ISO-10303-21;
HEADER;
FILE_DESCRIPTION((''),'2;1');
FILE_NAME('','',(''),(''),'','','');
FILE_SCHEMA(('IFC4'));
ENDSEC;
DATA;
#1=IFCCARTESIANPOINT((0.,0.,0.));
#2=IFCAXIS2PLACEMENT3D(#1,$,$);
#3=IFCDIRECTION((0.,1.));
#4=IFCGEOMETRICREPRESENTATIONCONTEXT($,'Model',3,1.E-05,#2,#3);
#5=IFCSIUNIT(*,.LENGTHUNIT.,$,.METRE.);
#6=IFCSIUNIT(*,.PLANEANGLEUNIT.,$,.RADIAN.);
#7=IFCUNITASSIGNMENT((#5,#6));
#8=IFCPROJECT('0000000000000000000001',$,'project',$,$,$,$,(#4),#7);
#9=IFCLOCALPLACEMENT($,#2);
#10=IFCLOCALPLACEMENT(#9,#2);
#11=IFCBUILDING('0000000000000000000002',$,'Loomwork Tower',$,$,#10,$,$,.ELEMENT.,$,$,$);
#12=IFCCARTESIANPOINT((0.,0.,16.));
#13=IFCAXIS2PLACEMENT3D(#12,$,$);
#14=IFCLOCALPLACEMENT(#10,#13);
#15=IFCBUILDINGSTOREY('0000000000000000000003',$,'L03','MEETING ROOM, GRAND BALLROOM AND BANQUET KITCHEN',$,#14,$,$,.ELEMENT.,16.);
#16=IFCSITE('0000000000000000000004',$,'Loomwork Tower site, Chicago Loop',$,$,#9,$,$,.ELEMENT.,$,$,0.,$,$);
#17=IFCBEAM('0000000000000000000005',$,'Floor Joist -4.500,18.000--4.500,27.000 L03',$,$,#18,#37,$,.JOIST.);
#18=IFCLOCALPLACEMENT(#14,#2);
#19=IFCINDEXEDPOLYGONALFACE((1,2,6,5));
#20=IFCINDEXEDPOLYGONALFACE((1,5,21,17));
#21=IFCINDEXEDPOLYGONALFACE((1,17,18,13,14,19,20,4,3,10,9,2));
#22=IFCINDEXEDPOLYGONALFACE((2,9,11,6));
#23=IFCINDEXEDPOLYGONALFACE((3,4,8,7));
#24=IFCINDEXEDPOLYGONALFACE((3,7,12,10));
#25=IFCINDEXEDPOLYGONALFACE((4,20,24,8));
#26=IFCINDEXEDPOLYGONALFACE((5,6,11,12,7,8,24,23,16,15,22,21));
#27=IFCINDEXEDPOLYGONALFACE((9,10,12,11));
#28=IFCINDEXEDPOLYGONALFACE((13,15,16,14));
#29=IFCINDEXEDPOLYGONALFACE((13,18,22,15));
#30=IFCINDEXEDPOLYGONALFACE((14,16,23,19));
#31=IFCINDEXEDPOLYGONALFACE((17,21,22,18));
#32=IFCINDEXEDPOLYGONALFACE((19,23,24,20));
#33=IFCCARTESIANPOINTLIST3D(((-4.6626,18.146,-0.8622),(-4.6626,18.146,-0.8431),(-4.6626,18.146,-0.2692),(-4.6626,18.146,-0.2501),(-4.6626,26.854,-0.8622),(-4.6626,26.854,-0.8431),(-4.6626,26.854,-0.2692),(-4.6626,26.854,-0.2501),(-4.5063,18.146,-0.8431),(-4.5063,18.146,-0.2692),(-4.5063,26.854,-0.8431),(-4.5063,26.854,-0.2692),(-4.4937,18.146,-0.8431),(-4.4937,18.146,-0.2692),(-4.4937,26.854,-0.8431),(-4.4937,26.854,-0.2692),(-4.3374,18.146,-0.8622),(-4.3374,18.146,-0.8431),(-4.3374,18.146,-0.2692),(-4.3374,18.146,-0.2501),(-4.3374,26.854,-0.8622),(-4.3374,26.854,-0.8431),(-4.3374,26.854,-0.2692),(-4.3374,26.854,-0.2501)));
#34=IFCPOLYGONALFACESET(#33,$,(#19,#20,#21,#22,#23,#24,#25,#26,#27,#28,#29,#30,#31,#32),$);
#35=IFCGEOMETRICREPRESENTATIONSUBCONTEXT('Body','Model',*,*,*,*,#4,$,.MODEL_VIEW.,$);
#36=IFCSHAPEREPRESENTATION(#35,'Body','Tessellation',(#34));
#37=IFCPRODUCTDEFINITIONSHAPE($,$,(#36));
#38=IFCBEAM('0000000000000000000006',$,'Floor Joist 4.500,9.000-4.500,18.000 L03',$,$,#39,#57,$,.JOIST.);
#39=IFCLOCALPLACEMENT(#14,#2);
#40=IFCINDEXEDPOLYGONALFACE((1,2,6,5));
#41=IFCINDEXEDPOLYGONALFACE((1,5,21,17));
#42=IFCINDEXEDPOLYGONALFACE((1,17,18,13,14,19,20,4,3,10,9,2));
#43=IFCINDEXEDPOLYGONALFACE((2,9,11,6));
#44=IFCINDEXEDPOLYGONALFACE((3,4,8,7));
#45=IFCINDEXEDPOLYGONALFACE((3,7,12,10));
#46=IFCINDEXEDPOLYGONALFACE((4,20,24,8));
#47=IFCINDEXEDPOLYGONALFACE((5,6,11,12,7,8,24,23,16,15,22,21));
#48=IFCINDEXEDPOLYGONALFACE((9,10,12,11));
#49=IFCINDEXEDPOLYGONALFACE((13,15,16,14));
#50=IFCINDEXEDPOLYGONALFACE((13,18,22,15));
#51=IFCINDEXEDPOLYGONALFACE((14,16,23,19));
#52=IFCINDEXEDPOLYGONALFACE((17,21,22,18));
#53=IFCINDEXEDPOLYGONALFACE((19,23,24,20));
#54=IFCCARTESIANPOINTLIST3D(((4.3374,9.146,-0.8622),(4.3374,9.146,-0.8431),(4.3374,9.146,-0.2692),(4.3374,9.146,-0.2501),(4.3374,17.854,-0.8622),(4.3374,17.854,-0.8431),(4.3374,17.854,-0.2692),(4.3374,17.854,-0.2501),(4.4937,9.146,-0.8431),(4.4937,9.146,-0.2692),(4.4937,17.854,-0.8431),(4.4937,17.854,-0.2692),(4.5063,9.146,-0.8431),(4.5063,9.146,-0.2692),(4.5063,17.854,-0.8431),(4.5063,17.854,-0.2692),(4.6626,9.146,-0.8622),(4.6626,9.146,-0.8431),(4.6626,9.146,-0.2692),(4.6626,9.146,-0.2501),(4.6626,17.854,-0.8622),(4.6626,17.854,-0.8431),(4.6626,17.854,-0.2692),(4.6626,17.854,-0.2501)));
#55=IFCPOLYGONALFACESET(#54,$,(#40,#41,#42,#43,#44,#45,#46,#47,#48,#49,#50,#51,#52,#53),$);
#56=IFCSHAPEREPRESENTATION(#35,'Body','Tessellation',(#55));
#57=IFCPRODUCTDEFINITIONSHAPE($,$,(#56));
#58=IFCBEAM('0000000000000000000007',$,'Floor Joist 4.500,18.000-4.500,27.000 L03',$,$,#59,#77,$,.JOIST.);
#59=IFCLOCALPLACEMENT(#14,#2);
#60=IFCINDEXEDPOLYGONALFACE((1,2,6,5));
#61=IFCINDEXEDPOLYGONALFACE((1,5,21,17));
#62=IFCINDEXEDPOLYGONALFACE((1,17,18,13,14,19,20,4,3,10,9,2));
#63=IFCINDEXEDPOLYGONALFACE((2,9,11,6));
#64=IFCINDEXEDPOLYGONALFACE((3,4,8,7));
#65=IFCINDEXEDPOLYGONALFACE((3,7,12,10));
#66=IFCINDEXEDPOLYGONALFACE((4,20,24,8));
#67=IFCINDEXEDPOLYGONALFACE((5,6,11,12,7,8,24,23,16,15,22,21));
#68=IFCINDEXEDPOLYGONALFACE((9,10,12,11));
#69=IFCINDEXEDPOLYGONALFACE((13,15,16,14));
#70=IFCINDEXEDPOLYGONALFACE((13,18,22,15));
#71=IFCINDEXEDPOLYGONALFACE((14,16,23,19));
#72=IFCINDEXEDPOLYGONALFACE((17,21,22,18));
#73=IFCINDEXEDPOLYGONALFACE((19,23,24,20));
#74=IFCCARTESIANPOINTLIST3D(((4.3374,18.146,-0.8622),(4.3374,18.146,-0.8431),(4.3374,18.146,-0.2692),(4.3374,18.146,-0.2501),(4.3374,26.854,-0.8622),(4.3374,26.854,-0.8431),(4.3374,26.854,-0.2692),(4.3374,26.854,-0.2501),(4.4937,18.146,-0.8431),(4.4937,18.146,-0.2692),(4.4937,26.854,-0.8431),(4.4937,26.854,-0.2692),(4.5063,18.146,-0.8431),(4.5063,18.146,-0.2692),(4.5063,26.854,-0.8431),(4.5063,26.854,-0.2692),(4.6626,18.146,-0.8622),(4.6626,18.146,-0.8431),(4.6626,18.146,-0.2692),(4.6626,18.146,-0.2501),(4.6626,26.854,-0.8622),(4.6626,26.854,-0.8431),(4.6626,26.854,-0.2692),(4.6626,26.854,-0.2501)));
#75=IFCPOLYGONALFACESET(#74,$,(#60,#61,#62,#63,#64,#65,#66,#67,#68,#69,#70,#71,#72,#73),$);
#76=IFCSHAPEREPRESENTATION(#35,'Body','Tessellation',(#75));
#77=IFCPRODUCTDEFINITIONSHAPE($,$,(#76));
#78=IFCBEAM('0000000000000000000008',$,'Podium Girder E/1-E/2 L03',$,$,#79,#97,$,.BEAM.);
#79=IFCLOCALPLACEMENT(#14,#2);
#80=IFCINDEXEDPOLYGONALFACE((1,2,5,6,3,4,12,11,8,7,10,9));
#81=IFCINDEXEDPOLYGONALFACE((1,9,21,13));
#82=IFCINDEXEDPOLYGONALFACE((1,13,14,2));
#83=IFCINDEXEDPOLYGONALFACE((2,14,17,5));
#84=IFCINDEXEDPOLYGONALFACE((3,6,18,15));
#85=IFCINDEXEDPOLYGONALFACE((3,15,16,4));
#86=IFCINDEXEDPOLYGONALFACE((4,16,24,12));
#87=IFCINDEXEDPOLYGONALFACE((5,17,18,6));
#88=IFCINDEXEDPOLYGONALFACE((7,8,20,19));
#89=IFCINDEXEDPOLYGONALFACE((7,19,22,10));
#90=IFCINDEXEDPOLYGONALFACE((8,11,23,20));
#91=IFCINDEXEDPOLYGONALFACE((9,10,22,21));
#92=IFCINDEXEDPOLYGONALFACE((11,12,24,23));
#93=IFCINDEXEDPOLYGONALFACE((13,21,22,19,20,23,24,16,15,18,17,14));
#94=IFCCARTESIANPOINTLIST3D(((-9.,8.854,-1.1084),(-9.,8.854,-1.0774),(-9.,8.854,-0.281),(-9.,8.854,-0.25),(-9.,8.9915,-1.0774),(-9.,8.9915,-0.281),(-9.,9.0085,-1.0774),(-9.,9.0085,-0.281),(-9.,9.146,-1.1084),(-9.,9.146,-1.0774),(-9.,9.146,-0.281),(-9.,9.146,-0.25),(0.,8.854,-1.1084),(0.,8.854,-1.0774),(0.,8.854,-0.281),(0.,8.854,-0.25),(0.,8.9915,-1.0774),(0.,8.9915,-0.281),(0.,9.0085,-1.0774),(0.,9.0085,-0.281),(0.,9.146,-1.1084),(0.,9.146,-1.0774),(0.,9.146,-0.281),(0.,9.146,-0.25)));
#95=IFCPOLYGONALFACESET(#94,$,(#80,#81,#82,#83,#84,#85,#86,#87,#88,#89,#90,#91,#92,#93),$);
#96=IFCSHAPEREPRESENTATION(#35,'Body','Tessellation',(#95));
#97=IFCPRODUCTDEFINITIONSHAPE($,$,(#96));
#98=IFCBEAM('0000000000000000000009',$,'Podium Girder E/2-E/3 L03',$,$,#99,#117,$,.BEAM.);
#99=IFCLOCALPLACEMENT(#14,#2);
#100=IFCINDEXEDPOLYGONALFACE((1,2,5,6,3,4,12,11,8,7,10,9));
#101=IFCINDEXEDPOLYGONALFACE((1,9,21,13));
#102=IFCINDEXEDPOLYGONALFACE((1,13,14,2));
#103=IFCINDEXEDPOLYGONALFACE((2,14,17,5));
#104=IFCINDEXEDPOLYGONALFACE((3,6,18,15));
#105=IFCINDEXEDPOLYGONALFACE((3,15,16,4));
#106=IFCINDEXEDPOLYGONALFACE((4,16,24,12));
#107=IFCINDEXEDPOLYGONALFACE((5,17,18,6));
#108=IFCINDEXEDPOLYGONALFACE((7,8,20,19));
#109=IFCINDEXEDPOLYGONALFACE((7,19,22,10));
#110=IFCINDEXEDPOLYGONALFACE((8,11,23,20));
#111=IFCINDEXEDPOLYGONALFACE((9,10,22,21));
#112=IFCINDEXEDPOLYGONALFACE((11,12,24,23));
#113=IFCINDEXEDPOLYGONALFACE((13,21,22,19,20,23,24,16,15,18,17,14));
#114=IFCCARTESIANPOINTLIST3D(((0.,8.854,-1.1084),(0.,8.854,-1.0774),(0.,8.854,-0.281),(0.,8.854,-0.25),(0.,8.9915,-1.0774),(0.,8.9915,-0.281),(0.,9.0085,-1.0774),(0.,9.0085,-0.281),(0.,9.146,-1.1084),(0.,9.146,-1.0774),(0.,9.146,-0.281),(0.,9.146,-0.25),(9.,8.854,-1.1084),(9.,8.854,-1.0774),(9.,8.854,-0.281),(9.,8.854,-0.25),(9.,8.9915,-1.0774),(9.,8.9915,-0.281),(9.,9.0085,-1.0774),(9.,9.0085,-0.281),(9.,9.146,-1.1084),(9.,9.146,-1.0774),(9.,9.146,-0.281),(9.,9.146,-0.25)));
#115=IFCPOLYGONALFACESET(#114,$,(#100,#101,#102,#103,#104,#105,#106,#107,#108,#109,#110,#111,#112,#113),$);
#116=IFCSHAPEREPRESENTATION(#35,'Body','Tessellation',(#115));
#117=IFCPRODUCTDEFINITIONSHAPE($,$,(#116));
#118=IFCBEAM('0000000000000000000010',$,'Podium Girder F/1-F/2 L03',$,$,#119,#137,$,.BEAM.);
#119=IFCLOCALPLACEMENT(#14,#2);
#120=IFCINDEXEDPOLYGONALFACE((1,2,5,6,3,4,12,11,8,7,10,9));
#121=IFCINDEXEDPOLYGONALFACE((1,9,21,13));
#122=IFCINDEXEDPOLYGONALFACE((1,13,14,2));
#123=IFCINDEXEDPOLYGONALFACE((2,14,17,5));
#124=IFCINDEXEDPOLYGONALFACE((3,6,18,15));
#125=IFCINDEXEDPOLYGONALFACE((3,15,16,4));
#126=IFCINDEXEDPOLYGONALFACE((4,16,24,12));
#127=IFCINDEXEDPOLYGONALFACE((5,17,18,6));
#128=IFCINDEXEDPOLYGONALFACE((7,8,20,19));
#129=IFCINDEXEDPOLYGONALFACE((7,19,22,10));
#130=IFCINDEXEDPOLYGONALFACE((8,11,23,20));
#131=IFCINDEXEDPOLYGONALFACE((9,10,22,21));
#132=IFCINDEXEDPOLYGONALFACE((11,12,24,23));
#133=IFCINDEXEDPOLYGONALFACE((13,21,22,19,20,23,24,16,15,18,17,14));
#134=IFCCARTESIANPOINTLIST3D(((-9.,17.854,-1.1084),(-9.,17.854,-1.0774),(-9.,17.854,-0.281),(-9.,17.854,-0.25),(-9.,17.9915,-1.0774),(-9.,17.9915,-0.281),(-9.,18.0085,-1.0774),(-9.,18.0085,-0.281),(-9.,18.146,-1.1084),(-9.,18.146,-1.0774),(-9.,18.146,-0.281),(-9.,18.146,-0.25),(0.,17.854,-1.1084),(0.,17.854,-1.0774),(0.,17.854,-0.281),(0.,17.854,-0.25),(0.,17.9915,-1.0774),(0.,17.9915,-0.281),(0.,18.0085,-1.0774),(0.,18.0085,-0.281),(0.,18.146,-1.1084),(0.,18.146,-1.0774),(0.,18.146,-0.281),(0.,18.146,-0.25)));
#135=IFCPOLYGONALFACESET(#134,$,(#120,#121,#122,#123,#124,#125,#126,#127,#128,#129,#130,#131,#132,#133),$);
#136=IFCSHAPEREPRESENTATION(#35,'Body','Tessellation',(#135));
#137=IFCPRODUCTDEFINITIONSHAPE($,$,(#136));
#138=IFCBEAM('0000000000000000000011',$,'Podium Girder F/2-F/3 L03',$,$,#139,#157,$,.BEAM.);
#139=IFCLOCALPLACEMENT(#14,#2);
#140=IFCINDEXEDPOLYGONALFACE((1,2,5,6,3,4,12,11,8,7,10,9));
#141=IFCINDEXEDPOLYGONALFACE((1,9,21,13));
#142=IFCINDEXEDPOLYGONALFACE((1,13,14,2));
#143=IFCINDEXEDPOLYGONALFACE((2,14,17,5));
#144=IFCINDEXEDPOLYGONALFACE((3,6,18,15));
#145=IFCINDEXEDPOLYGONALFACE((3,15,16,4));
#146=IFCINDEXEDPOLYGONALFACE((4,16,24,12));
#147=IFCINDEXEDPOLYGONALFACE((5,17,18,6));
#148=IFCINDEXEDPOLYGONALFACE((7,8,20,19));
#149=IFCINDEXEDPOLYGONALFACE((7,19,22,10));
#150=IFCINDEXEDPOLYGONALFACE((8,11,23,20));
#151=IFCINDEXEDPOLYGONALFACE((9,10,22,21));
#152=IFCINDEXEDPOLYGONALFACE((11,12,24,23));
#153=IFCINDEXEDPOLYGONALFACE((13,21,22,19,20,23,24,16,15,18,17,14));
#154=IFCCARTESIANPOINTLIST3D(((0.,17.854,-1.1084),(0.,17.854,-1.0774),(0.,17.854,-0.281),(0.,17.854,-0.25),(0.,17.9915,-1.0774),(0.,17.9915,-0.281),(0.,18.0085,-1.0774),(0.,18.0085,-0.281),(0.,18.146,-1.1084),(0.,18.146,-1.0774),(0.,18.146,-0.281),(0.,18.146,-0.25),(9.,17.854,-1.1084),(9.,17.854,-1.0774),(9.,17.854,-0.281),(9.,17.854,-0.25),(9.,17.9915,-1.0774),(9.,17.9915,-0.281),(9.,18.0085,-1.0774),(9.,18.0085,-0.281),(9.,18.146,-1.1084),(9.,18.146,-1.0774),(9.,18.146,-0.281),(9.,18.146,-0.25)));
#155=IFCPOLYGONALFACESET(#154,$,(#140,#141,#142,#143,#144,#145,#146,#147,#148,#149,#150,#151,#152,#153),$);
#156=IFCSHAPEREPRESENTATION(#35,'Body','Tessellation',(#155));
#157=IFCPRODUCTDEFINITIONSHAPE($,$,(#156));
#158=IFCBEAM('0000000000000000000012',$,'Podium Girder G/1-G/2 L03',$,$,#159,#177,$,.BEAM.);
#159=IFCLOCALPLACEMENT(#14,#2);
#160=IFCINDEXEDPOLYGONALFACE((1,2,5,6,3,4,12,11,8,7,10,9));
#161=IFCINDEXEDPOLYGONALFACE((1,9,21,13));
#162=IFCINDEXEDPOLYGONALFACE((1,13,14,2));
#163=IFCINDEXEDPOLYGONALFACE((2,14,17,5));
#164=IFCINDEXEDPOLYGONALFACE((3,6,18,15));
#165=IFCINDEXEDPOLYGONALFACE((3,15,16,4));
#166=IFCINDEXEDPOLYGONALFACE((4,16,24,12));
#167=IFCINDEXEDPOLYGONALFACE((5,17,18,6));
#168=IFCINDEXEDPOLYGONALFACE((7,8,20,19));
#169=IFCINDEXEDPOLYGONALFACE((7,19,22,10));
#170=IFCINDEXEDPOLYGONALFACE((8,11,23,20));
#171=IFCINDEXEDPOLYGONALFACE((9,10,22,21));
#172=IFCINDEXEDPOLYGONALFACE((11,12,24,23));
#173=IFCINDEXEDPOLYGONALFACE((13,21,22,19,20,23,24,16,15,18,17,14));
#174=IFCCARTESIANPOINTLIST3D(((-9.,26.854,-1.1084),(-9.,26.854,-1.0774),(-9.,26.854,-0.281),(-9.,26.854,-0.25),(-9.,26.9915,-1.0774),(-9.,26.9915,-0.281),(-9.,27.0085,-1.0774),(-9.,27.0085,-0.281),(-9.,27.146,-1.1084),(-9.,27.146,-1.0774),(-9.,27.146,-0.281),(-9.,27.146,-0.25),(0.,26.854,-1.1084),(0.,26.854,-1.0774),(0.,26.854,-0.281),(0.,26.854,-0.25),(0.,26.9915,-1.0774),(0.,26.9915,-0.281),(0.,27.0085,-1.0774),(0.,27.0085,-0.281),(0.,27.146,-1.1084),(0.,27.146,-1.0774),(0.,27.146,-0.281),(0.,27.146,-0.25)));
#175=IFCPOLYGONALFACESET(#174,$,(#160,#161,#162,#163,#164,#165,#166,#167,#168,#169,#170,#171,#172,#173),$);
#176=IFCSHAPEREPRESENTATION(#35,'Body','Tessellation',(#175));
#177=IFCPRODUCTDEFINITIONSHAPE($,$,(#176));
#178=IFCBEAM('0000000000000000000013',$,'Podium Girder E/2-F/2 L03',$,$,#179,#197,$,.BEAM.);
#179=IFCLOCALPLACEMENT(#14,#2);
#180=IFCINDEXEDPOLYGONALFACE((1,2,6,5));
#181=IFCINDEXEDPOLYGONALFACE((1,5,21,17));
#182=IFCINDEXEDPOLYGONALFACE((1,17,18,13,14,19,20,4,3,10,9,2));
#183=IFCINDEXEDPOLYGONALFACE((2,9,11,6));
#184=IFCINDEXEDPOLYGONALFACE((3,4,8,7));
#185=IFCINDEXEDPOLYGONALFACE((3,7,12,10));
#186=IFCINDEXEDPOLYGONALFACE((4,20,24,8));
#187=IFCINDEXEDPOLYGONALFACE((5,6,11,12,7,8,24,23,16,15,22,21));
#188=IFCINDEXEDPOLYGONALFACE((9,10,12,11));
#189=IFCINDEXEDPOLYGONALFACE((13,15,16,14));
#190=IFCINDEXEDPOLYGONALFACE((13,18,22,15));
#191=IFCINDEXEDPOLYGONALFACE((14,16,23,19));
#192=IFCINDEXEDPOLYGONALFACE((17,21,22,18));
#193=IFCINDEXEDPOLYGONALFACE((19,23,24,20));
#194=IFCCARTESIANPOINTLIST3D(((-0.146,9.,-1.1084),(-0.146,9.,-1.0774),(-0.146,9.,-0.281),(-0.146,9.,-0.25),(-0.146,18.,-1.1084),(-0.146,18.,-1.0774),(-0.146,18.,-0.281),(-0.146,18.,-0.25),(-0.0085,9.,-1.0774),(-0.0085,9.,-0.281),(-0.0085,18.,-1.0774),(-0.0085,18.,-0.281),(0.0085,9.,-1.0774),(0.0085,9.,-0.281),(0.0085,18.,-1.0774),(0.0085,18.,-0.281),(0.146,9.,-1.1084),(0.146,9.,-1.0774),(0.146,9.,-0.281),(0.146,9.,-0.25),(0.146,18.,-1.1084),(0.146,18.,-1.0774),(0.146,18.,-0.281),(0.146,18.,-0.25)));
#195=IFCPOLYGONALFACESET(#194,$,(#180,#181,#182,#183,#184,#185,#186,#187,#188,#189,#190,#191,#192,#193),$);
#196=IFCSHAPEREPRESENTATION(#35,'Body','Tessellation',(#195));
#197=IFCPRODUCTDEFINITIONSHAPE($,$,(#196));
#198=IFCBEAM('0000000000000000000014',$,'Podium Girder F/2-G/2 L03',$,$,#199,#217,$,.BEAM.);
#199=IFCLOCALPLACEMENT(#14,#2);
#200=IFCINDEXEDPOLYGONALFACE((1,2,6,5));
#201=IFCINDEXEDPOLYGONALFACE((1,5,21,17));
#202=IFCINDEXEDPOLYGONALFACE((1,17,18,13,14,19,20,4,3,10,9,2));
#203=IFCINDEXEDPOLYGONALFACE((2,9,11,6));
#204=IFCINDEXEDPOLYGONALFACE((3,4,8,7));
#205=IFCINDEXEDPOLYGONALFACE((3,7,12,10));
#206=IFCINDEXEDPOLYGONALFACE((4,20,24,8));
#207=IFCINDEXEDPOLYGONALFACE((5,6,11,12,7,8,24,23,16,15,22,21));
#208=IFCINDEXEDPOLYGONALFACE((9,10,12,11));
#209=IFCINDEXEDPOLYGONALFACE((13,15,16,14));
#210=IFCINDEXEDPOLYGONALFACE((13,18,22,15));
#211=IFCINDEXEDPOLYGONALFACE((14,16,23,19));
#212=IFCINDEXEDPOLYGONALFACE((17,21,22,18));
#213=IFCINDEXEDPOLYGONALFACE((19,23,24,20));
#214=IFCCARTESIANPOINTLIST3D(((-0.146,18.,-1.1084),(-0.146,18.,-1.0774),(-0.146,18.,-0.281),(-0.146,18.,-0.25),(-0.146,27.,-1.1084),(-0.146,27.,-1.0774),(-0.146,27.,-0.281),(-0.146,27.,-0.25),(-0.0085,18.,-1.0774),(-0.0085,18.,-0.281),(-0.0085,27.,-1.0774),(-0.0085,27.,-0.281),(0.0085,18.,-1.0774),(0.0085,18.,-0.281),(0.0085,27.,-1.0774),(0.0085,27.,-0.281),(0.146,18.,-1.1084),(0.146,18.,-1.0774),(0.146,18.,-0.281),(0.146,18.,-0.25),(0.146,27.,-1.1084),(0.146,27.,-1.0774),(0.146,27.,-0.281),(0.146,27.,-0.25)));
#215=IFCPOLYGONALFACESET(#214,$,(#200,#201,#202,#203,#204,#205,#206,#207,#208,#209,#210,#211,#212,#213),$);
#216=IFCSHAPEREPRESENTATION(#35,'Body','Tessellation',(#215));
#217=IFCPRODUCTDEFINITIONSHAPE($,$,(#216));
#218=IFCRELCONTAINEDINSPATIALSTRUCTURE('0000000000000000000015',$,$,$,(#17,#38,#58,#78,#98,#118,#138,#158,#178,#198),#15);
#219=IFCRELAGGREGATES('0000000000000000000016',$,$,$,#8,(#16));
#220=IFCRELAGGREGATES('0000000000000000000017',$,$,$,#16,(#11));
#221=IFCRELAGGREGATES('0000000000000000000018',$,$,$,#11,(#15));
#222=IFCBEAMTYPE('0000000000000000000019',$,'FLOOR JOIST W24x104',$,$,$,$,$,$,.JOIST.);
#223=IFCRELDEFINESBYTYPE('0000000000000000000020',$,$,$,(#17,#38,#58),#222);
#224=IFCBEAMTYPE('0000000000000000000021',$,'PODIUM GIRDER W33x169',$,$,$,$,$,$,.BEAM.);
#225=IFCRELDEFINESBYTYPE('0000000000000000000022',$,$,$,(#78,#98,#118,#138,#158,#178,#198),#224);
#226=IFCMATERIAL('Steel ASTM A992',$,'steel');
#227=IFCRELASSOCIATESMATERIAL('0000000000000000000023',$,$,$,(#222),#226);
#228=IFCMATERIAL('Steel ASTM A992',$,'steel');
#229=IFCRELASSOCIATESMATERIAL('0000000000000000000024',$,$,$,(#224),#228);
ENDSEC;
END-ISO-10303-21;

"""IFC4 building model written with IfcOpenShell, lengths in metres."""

from ifc_helpers import new_model, si_unit, direction, frame, origin, origin_2d, place, context, subcontext, project, spatial, i_section, extrude, material, material_profile, profile_set, type_object, element, save


model = new_model("IFC4")

# Units and contexts
model_context = context("Model", 3, precision=1e-05, world=origin(), true_north=direction((0.0, 1.0)))
body_context = subcontext(model_context, "Body", "Model", "MODEL_VIEW")
ifc_project = project(units=[si_unit("LENGTHUNIT", "METRE"), si_unit("PLANEANGLEUNIT", "RADIAN")], contexts=[model_context])

# Site, building, storey
site_placement = place(None, origin())
site = spatial("IfcSite", under=ifc_project, at=site_placement, Name="Loomwork Tower site, Chicago Loop", CompositionType="ELEMENT", RefElevation=0.0)
building_placement = place(site_placement, origin())
building = spatial("IfcBuilding", under=site, at=building_placement, Name="Loomwork Tower", CompositionType="ELEMENT")
storey_placement = place(building_placement, frame((0.0, 0.0, 16.0)))
storey = spatial("IfcBuildingStorey", under=building, at=storey_placement, Name="L03", Description="MEETING ROOM, GRAND BALLROOM AND BANQUET KITCHEN", CompositionType="ELEMENT", Elevation=16.0)

# Beams
ifc_material_1 = material(Name="Steel ASTM A992", Category="steel")
ifc_material_profile_1 = material_profile(ifc_material_1, i_section(OverallWidth=0.3252, OverallDepth=0.6121, WebThickness=0.0127, FlangeThickness=0.019, at=origin_2d()), Name="W24x104")
ifc_profile_set_1 = profile_set([ifc_material_profile_1], Name="Steel ASTM A992")
beam_type_1 = type_object("IfcBeamType", Name="FLOOR JOIST W24x104", PredefinedType="JOIST", material=ifc_profile_set_1)
for number, where, z_axis, x_axis, name in (
    (1, (-4.5, 18.146, -0.5562), (0.0, 1.0, 0.0), (-1.0, 0.0, 0.0), "Floor Joist -4.500,18.000--4.500,27.000 L03"),
    (2, (4.5, 9.146, -0.5562), (0.0, 1.0, 0.0), (-1.0, 0.0, 0.0), "Floor Joist 4.500,9.000-4.500,18.000 L03"),
    (3, (4.5, 18.146, -0.5562), (0.0, 1.0, 0.0), (-1.0, 0.0, 0.0), "Floor Joist 4.500,18.000-4.500,27.000 L03"),
):
    element("IfcBeam", number, at=place(storey_placement, frame(where, z_axis=z_axis, x_axis=x_axis)), inside=storey, type_object=beam_type_1, Name=name, PredefinedType="JOIST", context=body_context, shape_type="SweptSolid", body=[
        extrude(i_section(OverallWidth=0.3252, OverallDepth=0.6121, WebThickness=0.0127, FlangeThickness=0.019, at=origin_2d()), origin(), (0.0, 0.0, 1.0), 8.708),
    ])
ifc_material_2 = material(Name="Steel ASTM A992", Category="steel")
ifc_material_profile_2 = material_profile(ifc_material_2, i_section(OverallWidth=0.292, OverallDepth=0.8584, WebThickness=0.0171, FlangeThickness=0.031, at=origin_2d()), Name="W33x169")
ifc_profile_set_2 = profile_set([ifc_material_profile_2], Name="Steel ASTM A992")
beam_type_2 = type_object("IfcBeamType", Name="PODIUM GIRDER W33x169", PredefinedType="BEAM", material=ifc_profile_set_2)
for number, where, z_axis, x_axis, name in (
    (4, (-9.0, 9.0, -0.6792), (1.0, 0.0, 0.0), (0.0, 1.0, 0.0), "Podium Girder E/1-E/2 L03"),
    (5, (0.0, 9.0, -0.6792), (1.0, 0.0, 0.0), (0.0, 1.0, 0.0), "Podium Girder E/2-E/3 L03"),
    (6, (-9.0, 18.0, -0.6792), (1.0, 0.0, 0.0), (0.0, 1.0, 0.0), "Podium Girder F/1-F/2 L03"),
    (7, (0.0, 18.0, -0.6792), (1.0, 0.0, 0.0), (0.0, 1.0, 0.0), "Podium Girder F/2-F/3 L03"),
    (8, (-9.0, 27.0, -0.6792), (1.0, 0.0, 0.0), (0.0, 1.0, 0.0), "Podium Girder G/1-G/2 L03"),
    (9, (0.0, 9.0, -0.6792), (0.0, 1.0, 0.0), (-1.0, 0.0, 0.0), "Podium Girder E/2-F/2 L03"),
    (10, (0.0, 18.0, -0.6792), (0.0, 1.0, 0.0), (-1.0, 0.0, 0.0), "Podium Girder F/2-G/2 L03"),
):
    element("IfcBeam", number, at=place(storey_placement, frame(where, z_axis=z_axis, x_axis=x_axis)), inside=storey, type_object=beam_type_2, Name=name, PredefinedType="BEAM", context=body_context, shape_type="SweptSolid", body=[
        extrude(i_section(OverallWidth=0.292, OverallDepth=0.8584, WebThickness=0.0171, FlangeThickness=0.031, at=origin_2d()), origin(), (0.0, 0.0, 1.0), 9.0),
    ])

save(model, "model.ifc")
